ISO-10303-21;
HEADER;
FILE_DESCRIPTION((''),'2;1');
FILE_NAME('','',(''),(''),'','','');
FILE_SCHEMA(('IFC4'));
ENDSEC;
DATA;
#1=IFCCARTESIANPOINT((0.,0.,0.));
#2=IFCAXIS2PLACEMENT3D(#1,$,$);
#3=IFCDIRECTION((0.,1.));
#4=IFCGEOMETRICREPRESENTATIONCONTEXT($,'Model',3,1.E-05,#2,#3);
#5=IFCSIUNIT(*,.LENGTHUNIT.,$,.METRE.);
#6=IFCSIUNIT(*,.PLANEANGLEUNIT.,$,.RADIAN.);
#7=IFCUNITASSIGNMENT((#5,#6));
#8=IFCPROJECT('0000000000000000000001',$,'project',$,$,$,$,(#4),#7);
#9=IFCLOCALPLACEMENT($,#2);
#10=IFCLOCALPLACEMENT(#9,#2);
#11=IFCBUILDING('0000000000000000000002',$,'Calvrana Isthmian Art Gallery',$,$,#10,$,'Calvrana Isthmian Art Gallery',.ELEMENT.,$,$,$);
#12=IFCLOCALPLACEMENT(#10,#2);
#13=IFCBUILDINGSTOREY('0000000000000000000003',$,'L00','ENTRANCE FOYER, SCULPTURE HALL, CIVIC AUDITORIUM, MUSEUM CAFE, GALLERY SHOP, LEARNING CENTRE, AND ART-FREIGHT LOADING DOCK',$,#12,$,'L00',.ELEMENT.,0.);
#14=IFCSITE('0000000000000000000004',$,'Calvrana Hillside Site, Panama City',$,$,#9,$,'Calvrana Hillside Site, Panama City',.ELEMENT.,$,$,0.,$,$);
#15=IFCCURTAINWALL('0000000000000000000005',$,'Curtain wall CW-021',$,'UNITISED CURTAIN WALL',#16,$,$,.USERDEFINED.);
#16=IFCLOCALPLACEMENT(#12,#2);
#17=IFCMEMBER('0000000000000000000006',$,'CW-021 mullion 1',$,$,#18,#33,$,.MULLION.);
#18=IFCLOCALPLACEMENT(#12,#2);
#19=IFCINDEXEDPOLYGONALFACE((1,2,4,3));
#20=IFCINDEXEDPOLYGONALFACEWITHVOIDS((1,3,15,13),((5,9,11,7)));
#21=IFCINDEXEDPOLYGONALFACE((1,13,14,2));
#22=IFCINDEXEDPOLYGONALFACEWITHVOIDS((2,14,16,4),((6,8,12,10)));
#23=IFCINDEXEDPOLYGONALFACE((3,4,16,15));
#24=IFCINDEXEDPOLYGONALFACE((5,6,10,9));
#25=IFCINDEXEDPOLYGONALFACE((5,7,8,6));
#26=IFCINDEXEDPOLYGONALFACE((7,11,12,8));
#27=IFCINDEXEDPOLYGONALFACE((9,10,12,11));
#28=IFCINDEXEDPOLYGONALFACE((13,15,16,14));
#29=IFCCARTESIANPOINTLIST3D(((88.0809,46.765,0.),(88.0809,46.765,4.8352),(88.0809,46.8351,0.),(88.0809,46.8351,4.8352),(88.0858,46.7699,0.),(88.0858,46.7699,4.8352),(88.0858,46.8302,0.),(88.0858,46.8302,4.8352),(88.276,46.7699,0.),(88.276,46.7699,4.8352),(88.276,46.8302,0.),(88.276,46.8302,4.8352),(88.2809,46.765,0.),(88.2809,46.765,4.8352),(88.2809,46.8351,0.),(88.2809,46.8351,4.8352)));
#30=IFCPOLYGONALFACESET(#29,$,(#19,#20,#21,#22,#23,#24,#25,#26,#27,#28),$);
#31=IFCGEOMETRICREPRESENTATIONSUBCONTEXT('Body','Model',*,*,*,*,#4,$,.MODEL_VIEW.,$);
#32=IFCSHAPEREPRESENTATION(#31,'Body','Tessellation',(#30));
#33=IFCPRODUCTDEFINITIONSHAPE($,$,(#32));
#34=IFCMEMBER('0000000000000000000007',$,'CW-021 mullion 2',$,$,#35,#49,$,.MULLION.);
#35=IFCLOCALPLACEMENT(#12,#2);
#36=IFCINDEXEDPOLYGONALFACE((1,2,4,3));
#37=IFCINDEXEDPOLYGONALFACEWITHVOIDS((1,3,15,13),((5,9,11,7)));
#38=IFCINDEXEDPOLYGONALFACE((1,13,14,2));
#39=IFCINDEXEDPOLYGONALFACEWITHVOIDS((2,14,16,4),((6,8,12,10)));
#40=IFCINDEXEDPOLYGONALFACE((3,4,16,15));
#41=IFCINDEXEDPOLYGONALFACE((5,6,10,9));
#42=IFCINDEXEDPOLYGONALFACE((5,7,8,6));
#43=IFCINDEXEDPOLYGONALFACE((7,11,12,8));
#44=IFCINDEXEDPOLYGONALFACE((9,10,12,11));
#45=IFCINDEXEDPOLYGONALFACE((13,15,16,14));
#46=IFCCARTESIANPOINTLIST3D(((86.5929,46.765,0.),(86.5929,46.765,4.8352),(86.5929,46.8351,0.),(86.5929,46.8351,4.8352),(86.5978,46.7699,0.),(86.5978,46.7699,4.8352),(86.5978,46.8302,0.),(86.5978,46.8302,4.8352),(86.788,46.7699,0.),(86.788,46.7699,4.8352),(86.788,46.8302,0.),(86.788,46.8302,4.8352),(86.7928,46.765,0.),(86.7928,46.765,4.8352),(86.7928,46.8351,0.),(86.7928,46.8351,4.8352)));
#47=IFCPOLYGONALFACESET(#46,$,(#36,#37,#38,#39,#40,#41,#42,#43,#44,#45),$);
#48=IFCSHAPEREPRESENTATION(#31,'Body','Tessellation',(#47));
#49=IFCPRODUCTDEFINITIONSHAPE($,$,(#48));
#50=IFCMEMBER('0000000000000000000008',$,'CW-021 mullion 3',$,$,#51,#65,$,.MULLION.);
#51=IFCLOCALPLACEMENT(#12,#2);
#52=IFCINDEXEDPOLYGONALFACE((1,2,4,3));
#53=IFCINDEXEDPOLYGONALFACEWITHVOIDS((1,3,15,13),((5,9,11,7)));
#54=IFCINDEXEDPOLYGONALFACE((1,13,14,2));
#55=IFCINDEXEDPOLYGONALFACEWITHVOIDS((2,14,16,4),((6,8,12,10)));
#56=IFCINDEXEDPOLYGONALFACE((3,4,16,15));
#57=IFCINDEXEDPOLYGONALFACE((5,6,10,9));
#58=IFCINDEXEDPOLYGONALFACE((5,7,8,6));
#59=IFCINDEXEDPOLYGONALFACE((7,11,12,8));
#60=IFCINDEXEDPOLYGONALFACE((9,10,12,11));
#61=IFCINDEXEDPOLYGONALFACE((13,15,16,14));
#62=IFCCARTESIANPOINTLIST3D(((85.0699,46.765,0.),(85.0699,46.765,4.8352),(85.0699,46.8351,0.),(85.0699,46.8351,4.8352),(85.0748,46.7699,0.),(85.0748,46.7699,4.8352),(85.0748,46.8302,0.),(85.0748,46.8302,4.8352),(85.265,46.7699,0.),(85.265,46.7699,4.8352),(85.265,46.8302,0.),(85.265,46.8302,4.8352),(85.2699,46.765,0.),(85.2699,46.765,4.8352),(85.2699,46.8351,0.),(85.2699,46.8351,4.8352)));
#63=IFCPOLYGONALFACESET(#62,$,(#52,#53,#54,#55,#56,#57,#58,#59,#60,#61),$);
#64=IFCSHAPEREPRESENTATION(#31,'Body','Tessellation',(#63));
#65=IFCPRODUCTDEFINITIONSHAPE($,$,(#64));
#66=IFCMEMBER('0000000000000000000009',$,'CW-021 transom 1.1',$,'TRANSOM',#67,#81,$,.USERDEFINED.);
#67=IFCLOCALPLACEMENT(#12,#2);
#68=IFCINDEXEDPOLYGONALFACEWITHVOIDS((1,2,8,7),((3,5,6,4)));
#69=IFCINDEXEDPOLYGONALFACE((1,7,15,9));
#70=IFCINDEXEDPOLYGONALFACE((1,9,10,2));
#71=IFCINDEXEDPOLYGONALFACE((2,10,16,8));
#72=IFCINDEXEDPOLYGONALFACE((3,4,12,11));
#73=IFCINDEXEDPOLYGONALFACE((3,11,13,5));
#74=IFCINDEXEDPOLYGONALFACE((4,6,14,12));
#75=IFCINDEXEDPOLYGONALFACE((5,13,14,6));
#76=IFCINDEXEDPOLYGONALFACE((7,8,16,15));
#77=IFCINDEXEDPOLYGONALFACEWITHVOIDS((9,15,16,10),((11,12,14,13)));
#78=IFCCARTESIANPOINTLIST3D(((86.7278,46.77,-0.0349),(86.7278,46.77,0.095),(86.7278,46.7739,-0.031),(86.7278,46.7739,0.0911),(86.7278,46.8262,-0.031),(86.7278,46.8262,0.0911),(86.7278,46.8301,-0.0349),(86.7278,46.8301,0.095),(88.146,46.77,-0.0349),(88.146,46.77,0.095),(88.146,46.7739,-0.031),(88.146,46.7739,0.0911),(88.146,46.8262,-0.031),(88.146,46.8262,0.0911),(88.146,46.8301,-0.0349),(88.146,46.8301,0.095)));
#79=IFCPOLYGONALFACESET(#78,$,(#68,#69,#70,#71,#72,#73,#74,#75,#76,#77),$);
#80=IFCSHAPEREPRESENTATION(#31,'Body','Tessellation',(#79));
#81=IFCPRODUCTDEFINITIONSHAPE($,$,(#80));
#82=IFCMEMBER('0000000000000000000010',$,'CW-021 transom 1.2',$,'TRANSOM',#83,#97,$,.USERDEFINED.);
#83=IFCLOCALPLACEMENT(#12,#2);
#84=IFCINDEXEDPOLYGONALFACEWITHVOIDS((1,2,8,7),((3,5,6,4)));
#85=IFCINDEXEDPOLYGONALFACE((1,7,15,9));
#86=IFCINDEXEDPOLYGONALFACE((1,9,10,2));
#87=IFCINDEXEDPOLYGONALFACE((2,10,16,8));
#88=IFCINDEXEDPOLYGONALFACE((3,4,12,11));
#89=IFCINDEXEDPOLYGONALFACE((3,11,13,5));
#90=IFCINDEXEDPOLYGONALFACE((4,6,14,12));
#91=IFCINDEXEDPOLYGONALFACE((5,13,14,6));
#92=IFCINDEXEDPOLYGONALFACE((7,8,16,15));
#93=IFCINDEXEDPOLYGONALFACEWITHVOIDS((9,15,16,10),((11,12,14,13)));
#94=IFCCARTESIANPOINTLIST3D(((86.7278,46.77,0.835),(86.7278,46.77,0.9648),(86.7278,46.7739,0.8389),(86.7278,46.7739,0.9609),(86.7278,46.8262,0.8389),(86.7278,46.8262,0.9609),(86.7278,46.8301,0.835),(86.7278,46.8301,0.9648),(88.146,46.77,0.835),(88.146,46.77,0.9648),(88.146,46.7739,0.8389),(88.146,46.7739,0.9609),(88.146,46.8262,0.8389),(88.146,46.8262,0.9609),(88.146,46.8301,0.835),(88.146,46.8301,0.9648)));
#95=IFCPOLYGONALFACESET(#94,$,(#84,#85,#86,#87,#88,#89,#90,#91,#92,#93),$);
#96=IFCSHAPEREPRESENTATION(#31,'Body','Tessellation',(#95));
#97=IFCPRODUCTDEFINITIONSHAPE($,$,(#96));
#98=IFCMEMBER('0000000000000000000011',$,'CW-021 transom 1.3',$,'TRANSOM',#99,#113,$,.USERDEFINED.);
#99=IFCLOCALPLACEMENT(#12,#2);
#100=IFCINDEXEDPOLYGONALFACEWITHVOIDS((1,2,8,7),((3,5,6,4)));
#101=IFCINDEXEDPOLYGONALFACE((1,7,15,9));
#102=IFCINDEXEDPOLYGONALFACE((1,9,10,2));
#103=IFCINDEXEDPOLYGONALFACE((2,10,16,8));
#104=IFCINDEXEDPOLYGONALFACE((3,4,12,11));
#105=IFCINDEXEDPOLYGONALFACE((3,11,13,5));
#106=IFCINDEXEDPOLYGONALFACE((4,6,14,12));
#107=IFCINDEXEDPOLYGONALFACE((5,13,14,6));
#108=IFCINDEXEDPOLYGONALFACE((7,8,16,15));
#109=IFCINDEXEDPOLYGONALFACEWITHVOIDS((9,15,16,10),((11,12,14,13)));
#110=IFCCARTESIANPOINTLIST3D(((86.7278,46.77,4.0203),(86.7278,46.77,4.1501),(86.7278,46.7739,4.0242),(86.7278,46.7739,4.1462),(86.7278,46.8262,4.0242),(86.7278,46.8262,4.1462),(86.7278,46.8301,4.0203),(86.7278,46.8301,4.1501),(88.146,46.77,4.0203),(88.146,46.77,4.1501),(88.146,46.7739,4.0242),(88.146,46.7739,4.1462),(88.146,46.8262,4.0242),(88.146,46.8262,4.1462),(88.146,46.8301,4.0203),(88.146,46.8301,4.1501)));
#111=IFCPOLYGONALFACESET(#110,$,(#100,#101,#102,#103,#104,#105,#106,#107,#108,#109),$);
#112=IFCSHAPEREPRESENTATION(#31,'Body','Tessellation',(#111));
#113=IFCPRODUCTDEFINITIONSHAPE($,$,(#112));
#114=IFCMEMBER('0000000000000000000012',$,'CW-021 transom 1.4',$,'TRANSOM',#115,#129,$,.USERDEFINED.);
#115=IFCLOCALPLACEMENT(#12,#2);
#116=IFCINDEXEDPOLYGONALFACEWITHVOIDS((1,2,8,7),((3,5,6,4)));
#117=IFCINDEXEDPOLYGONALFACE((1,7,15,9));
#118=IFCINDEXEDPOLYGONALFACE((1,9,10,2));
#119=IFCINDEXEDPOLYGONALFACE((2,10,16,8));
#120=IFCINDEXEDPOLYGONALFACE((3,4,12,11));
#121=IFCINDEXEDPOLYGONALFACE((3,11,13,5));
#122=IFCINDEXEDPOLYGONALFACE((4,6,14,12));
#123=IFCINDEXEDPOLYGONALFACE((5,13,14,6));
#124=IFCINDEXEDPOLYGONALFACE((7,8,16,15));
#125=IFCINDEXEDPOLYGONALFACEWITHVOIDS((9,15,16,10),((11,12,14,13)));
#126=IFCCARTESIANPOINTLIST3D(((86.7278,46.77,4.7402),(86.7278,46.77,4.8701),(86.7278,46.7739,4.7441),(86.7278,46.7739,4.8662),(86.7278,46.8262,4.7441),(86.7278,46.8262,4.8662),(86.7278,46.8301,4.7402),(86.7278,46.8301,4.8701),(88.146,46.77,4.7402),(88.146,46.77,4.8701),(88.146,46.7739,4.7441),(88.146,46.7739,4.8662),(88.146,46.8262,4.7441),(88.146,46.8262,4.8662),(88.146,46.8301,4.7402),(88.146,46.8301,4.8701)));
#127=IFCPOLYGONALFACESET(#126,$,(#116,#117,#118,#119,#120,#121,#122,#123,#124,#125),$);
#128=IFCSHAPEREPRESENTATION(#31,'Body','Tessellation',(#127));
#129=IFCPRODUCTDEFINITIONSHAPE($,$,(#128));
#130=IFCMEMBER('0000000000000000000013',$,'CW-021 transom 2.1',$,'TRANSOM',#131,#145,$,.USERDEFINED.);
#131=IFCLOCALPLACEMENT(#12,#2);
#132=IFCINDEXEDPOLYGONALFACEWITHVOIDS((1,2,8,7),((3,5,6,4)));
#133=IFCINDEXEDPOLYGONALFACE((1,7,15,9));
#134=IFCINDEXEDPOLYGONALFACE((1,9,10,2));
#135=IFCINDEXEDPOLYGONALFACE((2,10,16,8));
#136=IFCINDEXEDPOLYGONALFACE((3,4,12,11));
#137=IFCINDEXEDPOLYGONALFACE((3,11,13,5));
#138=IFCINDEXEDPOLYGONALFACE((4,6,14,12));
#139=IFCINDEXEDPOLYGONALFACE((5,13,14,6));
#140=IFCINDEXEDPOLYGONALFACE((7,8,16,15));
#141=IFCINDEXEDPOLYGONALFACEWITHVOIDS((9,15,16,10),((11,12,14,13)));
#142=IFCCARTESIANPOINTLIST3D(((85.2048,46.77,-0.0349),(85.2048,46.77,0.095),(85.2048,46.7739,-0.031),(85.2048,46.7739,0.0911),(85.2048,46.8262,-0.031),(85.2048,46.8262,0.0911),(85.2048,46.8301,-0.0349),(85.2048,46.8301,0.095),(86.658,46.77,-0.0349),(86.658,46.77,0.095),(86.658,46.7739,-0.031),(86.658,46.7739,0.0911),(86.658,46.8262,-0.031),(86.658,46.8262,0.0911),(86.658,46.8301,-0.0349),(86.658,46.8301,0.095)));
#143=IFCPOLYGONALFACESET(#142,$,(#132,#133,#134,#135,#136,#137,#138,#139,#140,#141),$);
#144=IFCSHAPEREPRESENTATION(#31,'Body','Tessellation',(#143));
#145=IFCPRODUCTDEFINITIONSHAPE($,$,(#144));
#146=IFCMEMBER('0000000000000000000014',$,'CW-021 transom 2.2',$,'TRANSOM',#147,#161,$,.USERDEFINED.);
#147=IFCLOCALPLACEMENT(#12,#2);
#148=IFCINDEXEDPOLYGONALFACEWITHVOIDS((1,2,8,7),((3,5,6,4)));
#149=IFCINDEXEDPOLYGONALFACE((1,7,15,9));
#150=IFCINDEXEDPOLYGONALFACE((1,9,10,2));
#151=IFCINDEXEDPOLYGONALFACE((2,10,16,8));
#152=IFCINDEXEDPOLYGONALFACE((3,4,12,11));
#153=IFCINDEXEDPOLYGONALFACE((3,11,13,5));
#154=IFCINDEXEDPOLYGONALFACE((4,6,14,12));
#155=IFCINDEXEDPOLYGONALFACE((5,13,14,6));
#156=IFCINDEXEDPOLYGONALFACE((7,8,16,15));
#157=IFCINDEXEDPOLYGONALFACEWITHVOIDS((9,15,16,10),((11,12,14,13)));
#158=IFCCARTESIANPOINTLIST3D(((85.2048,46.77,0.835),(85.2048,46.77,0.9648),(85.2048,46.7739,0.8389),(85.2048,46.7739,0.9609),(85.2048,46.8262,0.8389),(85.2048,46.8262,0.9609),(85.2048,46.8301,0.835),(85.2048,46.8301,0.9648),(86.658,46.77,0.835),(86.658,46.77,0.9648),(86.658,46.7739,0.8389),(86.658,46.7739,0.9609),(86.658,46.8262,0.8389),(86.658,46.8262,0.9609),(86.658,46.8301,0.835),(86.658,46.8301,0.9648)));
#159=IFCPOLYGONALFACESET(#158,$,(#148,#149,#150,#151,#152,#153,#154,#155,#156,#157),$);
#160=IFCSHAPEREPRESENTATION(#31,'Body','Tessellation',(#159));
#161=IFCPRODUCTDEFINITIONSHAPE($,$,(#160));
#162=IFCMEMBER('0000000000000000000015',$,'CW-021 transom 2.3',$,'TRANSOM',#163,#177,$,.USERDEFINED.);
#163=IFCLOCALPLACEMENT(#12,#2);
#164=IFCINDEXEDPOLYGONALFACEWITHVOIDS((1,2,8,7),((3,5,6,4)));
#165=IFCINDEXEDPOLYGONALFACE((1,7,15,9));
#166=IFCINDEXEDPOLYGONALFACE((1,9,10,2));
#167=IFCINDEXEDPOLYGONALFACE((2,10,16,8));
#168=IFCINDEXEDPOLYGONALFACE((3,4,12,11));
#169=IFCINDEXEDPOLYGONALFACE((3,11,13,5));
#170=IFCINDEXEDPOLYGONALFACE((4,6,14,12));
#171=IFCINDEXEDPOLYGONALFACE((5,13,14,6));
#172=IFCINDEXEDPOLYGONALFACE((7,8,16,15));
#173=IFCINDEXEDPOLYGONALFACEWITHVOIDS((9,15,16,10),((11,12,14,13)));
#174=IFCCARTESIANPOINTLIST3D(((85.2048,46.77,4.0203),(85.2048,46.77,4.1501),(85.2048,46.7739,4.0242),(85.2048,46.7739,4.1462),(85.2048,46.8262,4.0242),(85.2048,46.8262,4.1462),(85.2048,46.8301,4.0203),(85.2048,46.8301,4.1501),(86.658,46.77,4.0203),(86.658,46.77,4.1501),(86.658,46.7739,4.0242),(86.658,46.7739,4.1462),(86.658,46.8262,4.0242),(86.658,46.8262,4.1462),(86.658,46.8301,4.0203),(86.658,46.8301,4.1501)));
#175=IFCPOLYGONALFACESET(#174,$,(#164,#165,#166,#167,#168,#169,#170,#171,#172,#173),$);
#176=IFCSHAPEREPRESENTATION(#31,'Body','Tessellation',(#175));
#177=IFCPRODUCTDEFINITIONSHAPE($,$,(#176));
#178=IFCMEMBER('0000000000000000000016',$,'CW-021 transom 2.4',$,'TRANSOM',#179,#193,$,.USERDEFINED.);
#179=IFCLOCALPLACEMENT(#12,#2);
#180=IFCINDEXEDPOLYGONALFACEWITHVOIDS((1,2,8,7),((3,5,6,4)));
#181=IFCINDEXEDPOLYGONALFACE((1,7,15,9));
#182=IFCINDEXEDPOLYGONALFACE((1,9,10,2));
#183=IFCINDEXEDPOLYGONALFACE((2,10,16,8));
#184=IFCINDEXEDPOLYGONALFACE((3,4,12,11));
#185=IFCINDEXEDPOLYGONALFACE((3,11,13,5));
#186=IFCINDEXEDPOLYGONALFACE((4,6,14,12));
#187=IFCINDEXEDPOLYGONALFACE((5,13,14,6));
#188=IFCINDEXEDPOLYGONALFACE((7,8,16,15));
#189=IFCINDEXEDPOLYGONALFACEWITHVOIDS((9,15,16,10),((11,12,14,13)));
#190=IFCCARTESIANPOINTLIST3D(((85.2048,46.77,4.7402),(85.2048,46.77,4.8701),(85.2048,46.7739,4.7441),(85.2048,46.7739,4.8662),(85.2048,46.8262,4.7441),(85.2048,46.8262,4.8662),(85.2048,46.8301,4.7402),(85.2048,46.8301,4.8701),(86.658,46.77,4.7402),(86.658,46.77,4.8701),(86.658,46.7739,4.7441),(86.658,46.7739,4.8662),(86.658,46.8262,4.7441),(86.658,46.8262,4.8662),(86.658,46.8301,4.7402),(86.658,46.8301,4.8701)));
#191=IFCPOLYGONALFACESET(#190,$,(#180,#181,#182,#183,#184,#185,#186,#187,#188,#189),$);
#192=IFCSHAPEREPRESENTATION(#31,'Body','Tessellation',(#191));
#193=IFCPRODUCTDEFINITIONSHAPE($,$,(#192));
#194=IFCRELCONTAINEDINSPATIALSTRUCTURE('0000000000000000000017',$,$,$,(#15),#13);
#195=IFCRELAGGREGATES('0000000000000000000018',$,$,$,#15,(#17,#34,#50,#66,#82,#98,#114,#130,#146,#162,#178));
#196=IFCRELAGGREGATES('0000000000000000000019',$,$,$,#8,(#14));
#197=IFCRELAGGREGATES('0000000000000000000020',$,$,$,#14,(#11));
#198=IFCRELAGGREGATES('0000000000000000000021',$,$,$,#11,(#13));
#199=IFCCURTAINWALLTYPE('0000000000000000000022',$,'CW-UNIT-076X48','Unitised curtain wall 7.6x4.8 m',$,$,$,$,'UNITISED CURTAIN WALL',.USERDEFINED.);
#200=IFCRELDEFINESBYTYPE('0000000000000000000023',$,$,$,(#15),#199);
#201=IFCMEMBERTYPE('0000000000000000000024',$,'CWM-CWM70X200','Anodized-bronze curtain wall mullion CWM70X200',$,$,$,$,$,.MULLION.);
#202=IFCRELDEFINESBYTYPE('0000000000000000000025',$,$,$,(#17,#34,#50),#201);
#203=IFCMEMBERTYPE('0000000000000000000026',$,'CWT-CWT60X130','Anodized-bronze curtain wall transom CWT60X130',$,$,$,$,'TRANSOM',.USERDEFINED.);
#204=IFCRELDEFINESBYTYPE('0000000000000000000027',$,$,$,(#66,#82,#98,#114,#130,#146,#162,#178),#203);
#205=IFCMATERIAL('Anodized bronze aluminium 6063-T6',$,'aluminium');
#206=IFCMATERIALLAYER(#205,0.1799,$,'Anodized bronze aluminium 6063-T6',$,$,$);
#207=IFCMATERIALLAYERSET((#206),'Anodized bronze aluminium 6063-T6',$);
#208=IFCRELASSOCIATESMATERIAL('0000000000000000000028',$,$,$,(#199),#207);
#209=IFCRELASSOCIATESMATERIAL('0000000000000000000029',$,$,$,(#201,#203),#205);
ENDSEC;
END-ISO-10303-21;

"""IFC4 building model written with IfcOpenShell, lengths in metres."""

from ifc_helpers import new_model, si_unit, direction, frame, origin, origin_2d, place, context, subcontext, project, spatial, hollow_rectangle, extrude, material, layer, layer_set, material_profile, profile_set, type_object, element, aggregate, save


model = new_model("IFC4")

# Units and contexts
model_context = context("Model", 3, precision=1e-05, world=origin(), true_north=direction((0.0, 1.0)))
body_context = subcontext(model_context, "Body", "Model", "MODEL_VIEW")
ifc_project = project(units=[si_unit("LENGTHUNIT", "METRE"), si_unit("PLANEANGLEUNIT", "RADIAN")], contexts=[model_context])

# Site, building, storey
site_placement = place(None, origin())
site = spatial("IfcSite", under=ifc_project, at=site_placement, Name="Calvrana Hillside Site, Panama City", LongName="Calvrana Hillside Site, Panama City", CompositionType="ELEMENT", RefElevation=0.0)
building_placement = place(site_placement, origin())
building = spatial("IfcBuilding", under=site, at=building_placement, Name="Calvrana Isthmian Art Gallery", LongName="Calvrana Isthmian Art Gallery", CompositionType="ELEMENT")
storey_placement = place(building_placement, origin())
storey = spatial("IfcBuildingStorey", under=building, at=storey_placement, Name="L00", Description="ENTRANCE FOYER, SCULPTURE HALL, CIVIC AUDITORIUM, MUSEUM CAFE, GALLERY SHOP, LEARNING CENTRE, AND ART-FREIGHT LOADING DOCK", LongName="L00", CompositionType="ELEMENT", Elevation=0.0)

# Curtain wall, members
ifc_material_1 = material(Name="Anodized bronze aluminium 6063-T6", Category="aluminium")
ifc_layer_1 = layer(ifc_material_1, 0.1799, Name="Anodized bronze aluminium 6063-T6")
ifc_layer_set_1 = layer_set([ifc_layer_1], Name="Anodized bronze aluminium 6063-T6")
curtain_wall_type_1 = type_object("IfcCurtainWallType", Name="CW-UNIT-076X48", Description="Unitised curtain wall 7.6x4.8 m", ElementType="UNITISED CURTAIN WALL", PredefinedType="USERDEFINED", material=ifc_layer_set_1)
curtain_wall_1_placement = place(storey_placement, origin())
curtain_wall_1 = element("IfcCurtainWall", 1, at=curtain_wall_1_placement, inside=storey, type_object=curtain_wall_type_1, Name="Curtain wall CW-021", ObjectType="UNITISED CURTAIN WALL", PredefinedType="USERDEFINED")
ifc_material_profile_1 = material_profile(ifc_material_1, hollow_rectangle(XDim=0.0701, YDim=0.2, WallThickness=0.0049, at=origin_2d()), Name="CWM70X200")
ifc_profile_set_1 = profile_set([ifc_material_profile_1], Name="Anodized bronze aluminium 6063-T6")
member_type_1 = type_object("IfcMemberType", Name="CWM-CWM70X200", Description="Anodized-bronze curtain wall mullion CWM70X200", PredefinedType="MULLION", material=ifc_profile_set_1)
member_1_placement = place(storey_placement, frame((88.1809, 46.8, 0.0), z_axis=(0.0, 0.0, 1.0), x_axis=(0.0, -1.0, 0.0)))
member_1 = element("IfcMember", 2, at=member_1_placement, type_object=member_type_1, Name="CW-021 mullion 1", PredefinedType="MULLION", context=body_context, shape_type="SweptSolid", body=[
    extrude(hollow_rectangle(XDim=0.0701, YDim=0.2, WallThickness=0.0049, at=origin_2d()), origin(), (0.0, 0.0, 1.0), 4.8352),
])
member_2_placement = place(storey_placement, frame((86.6929, 46.8, 0.0), z_axis=(0.0, 0.0, 1.0), x_axis=(0.0, -1.0, 0.0)))
member_2 = element("IfcMember", 3, at=member_2_placement, type_object=member_type_1, Name="CW-021 mullion 2", PredefinedType="MULLION", context=body_context, shape_type="SweptSolid", body=[
    extrude(hollow_rectangle(XDim=0.0701, YDim=0.2, WallThickness=0.0049, at=origin_2d()), origin(), (0.0, 0.0, 1.0), 4.8352),
])
member_3_placement = place(storey_placement, frame((85.1699, 46.8, 0.0), z_axis=(0.0, 0.0, 1.0), x_axis=(0.0, -1.0, 0.0)))
member_3 = element("IfcMember", 4, at=member_3_placement, type_object=member_type_1, Name="CW-021 mullion 3", PredefinedType="MULLION", context=body_context, shape_type="SweptSolid", body=[
    extrude(hollow_rectangle(XDim=0.0701, YDim=0.2, WallThickness=0.0049, at=origin_2d()), origin(), (0.0, 0.0, 1.0), 4.8352),
])
ifc_material_profile_2 = material_profile(ifc_material_1, hollow_rectangle(XDim=0.0601, YDim=0.1299, WallThickness=0.0039, at=origin_2d()), Name="CWT60X130")
ifc_profile_set_2 = profile_set([ifc_material_profile_2], Name="Anodized bronze aluminium 6063-T6")
member_type_2 = type_object("IfcMemberType", Name="CWT-CWT60X130", Description="Anodized-bronze curtain wall transom CWT60X130", ElementType="TRANSOM", PredefinedType="USERDEFINED", material=ifc_profile_set_2)
member_4_placement = place(storey_placement, frame((88.146, 46.8, 0.03), z_axis=(-1.0, 0.0, 0.0), x_axis=(0.0, -1.0, 0.0)))
member_4 = element("IfcMember", 5, at=member_4_placement, type_object=member_type_2, Name="CW-021 transom 1.1", ObjectType="TRANSOM", PredefinedType="USERDEFINED", context=body_context, shape_type="SweptSolid", body=[
    extrude(hollow_rectangle(XDim=0.0601, YDim=0.1299, WallThickness=0.0039, at=origin_2d()), origin(), (0.0, 0.0, 1.0), 1.4182),
])
member_5_placement = place(storey_placement, frame((88.146, 46.8, 0.8999), z_axis=(-1.0, 0.0, 0.0), x_axis=(0.0, -1.0, 0.0)))
member_5 = element("IfcMember", 6, at=member_5_placement, type_object=member_type_2, Name="CW-021 transom 1.2", ObjectType="TRANSOM", PredefinedType="USERDEFINED", context=body_context, shape_type="SweptSolid", body=[
    extrude(hollow_rectangle(XDim=0.0601, YDim=0.1299, WallThickness=0.0039, at=origin_2d()), origin(), (0.0, 0.0, 1.0), 1.4182),
])
member_6_placement = place(storey_placement, frame((88.146, 46.8, 4.0852), z_axis=(-1.0, 0.0, 0.0), x_axis=(0.0, -1.0, 0.0)))
member_6 = element("IfcMember", 7, at=member_6_placement, type_object=member_type_2, Name="CW-021 transom 1.3", ObjectType="TRANSOM", PredefinedType="USERDEFINED", context=body_context, shape_type="SweptSolid", body=[
    extrude(hollow_rectangle(XDim=0.0601, YDim=0.1299, WallThickness=0.0039, at=origin_2d()), origin(), (0.0, 0.0, 1.0), 1.4182),
])
member_7_placement = place(storey_placement, frame((88.146, 46.8, 4.8052), z_axis=(-1.0, 0.0, 0.0), x_axis=(0.0, -1.0, 0.0)))
member_7 = element("IfcMember", 8, at=member_7_placement, type_object=member_type_2, Name="CW-021 transom 1.4", ObjectType="TRANSOM", PredefinedType="USERDEFINED", context=body_context, shape_type="SweptSolid", body=[
    extrude(hollow_rectangle(XDim=0.0601, YDim=0.1299, WallThickness=0.0039, at=origin_2d()), origin(), (0.0, 0.0, 1.0), 1.4182),
])
member_8_placement = place(storey_placement, frame((86.658, 46.8, 0.03), z_axis=(-1.0, 0.0, 0.0), x_axis=(0.0, -1.0, 0.0)))
member_8 = element("IfcMember", 9, at=member_8_placement, type_object=member_type_2, Name="CW-021 transom 2.1", ObjectType="TRANSOM", PredefinedType="USERDEFINED", context=body_context, shape_type="SweptSolid", body=[
    extrude(hollow_rectangle(XDim=0.0601, YDim=0.1299, WallThickness=0.0039, at=origin_2d()), origin(), (0.0, 0.0, 1.0), 1.4531),
])
member_9_placement = place(storey_placement, frame((86.658, 46.8, 0.8999), z_axis=(-1.0, 0.0, 0.0), x_axis=(0.0, -1.0, 0.0)))
member_9 = element("IfcMember", 10, at=member_9_placement, type_object=member_type_2, Name="CW-021 transom 2.2", ObjectType="TRANSOM", PredefinedType="USERDEFINED", context=body_context, shape_type="SweptSolid", body=[
    extrude(hollow_rectangle(XDim=0.0601, YDim=0.1299, WallThickness=0.0039, at=origin_2d()), origin(), (0.0, 0.0, 1.0), 1.4531),
])
member_10_placement = place(storey_placement, frame((86.658, 46.8, 4.0852), z_axis=(-1.0, 0.0, 0.0), x_axis=(0.0, -1.0, 0.0)))
member_10 = element("IfcMember", 11, at=member_10_placement, type_object=member_type_2, Name="CW-021 transom 2.3", ObjectType="TRANSOM", PredefinedType="USERDEFINED", context=body_context, shape_type="SweptSolid", body=[
    extrude(hollow_rectangle(XDim=0.0601, YDim=0.1299, WallThickness=0.0039, at=origin_2d()), origin(), (0.0, 0.0, 1.0), 1.4531),
])
member_11_placement = place(storey_placement, frame((86.658, 46.8, 4.8052), z_axis=(-1.0, 0.0, 0.0), x_axis=(0.0, -1.0, 0.0)))
member_11 = element("IfcMember", 12, at=member_11_placement, type_object=member_type_2, Name="CW-021 transom 2.4", ObjectType="TRANSOM", PredefinedType="USERDEFINED", context=body_context, shape_type="SweptSolid", body=[
    extrude(hollow_rectangle(XDim=0.0601, YDim=0.1299, WallThickness=0.0039, at=origin_2d()), origin(), (0.0, 0.0, 1.0), 1.4531),
])

aggregate(curtain_wall_1, [member_1, member_2, member_3, member_4, member_5, member_6, member_7, member_8, member_9, member_10, member_11])

save(model, "model.ifc")
